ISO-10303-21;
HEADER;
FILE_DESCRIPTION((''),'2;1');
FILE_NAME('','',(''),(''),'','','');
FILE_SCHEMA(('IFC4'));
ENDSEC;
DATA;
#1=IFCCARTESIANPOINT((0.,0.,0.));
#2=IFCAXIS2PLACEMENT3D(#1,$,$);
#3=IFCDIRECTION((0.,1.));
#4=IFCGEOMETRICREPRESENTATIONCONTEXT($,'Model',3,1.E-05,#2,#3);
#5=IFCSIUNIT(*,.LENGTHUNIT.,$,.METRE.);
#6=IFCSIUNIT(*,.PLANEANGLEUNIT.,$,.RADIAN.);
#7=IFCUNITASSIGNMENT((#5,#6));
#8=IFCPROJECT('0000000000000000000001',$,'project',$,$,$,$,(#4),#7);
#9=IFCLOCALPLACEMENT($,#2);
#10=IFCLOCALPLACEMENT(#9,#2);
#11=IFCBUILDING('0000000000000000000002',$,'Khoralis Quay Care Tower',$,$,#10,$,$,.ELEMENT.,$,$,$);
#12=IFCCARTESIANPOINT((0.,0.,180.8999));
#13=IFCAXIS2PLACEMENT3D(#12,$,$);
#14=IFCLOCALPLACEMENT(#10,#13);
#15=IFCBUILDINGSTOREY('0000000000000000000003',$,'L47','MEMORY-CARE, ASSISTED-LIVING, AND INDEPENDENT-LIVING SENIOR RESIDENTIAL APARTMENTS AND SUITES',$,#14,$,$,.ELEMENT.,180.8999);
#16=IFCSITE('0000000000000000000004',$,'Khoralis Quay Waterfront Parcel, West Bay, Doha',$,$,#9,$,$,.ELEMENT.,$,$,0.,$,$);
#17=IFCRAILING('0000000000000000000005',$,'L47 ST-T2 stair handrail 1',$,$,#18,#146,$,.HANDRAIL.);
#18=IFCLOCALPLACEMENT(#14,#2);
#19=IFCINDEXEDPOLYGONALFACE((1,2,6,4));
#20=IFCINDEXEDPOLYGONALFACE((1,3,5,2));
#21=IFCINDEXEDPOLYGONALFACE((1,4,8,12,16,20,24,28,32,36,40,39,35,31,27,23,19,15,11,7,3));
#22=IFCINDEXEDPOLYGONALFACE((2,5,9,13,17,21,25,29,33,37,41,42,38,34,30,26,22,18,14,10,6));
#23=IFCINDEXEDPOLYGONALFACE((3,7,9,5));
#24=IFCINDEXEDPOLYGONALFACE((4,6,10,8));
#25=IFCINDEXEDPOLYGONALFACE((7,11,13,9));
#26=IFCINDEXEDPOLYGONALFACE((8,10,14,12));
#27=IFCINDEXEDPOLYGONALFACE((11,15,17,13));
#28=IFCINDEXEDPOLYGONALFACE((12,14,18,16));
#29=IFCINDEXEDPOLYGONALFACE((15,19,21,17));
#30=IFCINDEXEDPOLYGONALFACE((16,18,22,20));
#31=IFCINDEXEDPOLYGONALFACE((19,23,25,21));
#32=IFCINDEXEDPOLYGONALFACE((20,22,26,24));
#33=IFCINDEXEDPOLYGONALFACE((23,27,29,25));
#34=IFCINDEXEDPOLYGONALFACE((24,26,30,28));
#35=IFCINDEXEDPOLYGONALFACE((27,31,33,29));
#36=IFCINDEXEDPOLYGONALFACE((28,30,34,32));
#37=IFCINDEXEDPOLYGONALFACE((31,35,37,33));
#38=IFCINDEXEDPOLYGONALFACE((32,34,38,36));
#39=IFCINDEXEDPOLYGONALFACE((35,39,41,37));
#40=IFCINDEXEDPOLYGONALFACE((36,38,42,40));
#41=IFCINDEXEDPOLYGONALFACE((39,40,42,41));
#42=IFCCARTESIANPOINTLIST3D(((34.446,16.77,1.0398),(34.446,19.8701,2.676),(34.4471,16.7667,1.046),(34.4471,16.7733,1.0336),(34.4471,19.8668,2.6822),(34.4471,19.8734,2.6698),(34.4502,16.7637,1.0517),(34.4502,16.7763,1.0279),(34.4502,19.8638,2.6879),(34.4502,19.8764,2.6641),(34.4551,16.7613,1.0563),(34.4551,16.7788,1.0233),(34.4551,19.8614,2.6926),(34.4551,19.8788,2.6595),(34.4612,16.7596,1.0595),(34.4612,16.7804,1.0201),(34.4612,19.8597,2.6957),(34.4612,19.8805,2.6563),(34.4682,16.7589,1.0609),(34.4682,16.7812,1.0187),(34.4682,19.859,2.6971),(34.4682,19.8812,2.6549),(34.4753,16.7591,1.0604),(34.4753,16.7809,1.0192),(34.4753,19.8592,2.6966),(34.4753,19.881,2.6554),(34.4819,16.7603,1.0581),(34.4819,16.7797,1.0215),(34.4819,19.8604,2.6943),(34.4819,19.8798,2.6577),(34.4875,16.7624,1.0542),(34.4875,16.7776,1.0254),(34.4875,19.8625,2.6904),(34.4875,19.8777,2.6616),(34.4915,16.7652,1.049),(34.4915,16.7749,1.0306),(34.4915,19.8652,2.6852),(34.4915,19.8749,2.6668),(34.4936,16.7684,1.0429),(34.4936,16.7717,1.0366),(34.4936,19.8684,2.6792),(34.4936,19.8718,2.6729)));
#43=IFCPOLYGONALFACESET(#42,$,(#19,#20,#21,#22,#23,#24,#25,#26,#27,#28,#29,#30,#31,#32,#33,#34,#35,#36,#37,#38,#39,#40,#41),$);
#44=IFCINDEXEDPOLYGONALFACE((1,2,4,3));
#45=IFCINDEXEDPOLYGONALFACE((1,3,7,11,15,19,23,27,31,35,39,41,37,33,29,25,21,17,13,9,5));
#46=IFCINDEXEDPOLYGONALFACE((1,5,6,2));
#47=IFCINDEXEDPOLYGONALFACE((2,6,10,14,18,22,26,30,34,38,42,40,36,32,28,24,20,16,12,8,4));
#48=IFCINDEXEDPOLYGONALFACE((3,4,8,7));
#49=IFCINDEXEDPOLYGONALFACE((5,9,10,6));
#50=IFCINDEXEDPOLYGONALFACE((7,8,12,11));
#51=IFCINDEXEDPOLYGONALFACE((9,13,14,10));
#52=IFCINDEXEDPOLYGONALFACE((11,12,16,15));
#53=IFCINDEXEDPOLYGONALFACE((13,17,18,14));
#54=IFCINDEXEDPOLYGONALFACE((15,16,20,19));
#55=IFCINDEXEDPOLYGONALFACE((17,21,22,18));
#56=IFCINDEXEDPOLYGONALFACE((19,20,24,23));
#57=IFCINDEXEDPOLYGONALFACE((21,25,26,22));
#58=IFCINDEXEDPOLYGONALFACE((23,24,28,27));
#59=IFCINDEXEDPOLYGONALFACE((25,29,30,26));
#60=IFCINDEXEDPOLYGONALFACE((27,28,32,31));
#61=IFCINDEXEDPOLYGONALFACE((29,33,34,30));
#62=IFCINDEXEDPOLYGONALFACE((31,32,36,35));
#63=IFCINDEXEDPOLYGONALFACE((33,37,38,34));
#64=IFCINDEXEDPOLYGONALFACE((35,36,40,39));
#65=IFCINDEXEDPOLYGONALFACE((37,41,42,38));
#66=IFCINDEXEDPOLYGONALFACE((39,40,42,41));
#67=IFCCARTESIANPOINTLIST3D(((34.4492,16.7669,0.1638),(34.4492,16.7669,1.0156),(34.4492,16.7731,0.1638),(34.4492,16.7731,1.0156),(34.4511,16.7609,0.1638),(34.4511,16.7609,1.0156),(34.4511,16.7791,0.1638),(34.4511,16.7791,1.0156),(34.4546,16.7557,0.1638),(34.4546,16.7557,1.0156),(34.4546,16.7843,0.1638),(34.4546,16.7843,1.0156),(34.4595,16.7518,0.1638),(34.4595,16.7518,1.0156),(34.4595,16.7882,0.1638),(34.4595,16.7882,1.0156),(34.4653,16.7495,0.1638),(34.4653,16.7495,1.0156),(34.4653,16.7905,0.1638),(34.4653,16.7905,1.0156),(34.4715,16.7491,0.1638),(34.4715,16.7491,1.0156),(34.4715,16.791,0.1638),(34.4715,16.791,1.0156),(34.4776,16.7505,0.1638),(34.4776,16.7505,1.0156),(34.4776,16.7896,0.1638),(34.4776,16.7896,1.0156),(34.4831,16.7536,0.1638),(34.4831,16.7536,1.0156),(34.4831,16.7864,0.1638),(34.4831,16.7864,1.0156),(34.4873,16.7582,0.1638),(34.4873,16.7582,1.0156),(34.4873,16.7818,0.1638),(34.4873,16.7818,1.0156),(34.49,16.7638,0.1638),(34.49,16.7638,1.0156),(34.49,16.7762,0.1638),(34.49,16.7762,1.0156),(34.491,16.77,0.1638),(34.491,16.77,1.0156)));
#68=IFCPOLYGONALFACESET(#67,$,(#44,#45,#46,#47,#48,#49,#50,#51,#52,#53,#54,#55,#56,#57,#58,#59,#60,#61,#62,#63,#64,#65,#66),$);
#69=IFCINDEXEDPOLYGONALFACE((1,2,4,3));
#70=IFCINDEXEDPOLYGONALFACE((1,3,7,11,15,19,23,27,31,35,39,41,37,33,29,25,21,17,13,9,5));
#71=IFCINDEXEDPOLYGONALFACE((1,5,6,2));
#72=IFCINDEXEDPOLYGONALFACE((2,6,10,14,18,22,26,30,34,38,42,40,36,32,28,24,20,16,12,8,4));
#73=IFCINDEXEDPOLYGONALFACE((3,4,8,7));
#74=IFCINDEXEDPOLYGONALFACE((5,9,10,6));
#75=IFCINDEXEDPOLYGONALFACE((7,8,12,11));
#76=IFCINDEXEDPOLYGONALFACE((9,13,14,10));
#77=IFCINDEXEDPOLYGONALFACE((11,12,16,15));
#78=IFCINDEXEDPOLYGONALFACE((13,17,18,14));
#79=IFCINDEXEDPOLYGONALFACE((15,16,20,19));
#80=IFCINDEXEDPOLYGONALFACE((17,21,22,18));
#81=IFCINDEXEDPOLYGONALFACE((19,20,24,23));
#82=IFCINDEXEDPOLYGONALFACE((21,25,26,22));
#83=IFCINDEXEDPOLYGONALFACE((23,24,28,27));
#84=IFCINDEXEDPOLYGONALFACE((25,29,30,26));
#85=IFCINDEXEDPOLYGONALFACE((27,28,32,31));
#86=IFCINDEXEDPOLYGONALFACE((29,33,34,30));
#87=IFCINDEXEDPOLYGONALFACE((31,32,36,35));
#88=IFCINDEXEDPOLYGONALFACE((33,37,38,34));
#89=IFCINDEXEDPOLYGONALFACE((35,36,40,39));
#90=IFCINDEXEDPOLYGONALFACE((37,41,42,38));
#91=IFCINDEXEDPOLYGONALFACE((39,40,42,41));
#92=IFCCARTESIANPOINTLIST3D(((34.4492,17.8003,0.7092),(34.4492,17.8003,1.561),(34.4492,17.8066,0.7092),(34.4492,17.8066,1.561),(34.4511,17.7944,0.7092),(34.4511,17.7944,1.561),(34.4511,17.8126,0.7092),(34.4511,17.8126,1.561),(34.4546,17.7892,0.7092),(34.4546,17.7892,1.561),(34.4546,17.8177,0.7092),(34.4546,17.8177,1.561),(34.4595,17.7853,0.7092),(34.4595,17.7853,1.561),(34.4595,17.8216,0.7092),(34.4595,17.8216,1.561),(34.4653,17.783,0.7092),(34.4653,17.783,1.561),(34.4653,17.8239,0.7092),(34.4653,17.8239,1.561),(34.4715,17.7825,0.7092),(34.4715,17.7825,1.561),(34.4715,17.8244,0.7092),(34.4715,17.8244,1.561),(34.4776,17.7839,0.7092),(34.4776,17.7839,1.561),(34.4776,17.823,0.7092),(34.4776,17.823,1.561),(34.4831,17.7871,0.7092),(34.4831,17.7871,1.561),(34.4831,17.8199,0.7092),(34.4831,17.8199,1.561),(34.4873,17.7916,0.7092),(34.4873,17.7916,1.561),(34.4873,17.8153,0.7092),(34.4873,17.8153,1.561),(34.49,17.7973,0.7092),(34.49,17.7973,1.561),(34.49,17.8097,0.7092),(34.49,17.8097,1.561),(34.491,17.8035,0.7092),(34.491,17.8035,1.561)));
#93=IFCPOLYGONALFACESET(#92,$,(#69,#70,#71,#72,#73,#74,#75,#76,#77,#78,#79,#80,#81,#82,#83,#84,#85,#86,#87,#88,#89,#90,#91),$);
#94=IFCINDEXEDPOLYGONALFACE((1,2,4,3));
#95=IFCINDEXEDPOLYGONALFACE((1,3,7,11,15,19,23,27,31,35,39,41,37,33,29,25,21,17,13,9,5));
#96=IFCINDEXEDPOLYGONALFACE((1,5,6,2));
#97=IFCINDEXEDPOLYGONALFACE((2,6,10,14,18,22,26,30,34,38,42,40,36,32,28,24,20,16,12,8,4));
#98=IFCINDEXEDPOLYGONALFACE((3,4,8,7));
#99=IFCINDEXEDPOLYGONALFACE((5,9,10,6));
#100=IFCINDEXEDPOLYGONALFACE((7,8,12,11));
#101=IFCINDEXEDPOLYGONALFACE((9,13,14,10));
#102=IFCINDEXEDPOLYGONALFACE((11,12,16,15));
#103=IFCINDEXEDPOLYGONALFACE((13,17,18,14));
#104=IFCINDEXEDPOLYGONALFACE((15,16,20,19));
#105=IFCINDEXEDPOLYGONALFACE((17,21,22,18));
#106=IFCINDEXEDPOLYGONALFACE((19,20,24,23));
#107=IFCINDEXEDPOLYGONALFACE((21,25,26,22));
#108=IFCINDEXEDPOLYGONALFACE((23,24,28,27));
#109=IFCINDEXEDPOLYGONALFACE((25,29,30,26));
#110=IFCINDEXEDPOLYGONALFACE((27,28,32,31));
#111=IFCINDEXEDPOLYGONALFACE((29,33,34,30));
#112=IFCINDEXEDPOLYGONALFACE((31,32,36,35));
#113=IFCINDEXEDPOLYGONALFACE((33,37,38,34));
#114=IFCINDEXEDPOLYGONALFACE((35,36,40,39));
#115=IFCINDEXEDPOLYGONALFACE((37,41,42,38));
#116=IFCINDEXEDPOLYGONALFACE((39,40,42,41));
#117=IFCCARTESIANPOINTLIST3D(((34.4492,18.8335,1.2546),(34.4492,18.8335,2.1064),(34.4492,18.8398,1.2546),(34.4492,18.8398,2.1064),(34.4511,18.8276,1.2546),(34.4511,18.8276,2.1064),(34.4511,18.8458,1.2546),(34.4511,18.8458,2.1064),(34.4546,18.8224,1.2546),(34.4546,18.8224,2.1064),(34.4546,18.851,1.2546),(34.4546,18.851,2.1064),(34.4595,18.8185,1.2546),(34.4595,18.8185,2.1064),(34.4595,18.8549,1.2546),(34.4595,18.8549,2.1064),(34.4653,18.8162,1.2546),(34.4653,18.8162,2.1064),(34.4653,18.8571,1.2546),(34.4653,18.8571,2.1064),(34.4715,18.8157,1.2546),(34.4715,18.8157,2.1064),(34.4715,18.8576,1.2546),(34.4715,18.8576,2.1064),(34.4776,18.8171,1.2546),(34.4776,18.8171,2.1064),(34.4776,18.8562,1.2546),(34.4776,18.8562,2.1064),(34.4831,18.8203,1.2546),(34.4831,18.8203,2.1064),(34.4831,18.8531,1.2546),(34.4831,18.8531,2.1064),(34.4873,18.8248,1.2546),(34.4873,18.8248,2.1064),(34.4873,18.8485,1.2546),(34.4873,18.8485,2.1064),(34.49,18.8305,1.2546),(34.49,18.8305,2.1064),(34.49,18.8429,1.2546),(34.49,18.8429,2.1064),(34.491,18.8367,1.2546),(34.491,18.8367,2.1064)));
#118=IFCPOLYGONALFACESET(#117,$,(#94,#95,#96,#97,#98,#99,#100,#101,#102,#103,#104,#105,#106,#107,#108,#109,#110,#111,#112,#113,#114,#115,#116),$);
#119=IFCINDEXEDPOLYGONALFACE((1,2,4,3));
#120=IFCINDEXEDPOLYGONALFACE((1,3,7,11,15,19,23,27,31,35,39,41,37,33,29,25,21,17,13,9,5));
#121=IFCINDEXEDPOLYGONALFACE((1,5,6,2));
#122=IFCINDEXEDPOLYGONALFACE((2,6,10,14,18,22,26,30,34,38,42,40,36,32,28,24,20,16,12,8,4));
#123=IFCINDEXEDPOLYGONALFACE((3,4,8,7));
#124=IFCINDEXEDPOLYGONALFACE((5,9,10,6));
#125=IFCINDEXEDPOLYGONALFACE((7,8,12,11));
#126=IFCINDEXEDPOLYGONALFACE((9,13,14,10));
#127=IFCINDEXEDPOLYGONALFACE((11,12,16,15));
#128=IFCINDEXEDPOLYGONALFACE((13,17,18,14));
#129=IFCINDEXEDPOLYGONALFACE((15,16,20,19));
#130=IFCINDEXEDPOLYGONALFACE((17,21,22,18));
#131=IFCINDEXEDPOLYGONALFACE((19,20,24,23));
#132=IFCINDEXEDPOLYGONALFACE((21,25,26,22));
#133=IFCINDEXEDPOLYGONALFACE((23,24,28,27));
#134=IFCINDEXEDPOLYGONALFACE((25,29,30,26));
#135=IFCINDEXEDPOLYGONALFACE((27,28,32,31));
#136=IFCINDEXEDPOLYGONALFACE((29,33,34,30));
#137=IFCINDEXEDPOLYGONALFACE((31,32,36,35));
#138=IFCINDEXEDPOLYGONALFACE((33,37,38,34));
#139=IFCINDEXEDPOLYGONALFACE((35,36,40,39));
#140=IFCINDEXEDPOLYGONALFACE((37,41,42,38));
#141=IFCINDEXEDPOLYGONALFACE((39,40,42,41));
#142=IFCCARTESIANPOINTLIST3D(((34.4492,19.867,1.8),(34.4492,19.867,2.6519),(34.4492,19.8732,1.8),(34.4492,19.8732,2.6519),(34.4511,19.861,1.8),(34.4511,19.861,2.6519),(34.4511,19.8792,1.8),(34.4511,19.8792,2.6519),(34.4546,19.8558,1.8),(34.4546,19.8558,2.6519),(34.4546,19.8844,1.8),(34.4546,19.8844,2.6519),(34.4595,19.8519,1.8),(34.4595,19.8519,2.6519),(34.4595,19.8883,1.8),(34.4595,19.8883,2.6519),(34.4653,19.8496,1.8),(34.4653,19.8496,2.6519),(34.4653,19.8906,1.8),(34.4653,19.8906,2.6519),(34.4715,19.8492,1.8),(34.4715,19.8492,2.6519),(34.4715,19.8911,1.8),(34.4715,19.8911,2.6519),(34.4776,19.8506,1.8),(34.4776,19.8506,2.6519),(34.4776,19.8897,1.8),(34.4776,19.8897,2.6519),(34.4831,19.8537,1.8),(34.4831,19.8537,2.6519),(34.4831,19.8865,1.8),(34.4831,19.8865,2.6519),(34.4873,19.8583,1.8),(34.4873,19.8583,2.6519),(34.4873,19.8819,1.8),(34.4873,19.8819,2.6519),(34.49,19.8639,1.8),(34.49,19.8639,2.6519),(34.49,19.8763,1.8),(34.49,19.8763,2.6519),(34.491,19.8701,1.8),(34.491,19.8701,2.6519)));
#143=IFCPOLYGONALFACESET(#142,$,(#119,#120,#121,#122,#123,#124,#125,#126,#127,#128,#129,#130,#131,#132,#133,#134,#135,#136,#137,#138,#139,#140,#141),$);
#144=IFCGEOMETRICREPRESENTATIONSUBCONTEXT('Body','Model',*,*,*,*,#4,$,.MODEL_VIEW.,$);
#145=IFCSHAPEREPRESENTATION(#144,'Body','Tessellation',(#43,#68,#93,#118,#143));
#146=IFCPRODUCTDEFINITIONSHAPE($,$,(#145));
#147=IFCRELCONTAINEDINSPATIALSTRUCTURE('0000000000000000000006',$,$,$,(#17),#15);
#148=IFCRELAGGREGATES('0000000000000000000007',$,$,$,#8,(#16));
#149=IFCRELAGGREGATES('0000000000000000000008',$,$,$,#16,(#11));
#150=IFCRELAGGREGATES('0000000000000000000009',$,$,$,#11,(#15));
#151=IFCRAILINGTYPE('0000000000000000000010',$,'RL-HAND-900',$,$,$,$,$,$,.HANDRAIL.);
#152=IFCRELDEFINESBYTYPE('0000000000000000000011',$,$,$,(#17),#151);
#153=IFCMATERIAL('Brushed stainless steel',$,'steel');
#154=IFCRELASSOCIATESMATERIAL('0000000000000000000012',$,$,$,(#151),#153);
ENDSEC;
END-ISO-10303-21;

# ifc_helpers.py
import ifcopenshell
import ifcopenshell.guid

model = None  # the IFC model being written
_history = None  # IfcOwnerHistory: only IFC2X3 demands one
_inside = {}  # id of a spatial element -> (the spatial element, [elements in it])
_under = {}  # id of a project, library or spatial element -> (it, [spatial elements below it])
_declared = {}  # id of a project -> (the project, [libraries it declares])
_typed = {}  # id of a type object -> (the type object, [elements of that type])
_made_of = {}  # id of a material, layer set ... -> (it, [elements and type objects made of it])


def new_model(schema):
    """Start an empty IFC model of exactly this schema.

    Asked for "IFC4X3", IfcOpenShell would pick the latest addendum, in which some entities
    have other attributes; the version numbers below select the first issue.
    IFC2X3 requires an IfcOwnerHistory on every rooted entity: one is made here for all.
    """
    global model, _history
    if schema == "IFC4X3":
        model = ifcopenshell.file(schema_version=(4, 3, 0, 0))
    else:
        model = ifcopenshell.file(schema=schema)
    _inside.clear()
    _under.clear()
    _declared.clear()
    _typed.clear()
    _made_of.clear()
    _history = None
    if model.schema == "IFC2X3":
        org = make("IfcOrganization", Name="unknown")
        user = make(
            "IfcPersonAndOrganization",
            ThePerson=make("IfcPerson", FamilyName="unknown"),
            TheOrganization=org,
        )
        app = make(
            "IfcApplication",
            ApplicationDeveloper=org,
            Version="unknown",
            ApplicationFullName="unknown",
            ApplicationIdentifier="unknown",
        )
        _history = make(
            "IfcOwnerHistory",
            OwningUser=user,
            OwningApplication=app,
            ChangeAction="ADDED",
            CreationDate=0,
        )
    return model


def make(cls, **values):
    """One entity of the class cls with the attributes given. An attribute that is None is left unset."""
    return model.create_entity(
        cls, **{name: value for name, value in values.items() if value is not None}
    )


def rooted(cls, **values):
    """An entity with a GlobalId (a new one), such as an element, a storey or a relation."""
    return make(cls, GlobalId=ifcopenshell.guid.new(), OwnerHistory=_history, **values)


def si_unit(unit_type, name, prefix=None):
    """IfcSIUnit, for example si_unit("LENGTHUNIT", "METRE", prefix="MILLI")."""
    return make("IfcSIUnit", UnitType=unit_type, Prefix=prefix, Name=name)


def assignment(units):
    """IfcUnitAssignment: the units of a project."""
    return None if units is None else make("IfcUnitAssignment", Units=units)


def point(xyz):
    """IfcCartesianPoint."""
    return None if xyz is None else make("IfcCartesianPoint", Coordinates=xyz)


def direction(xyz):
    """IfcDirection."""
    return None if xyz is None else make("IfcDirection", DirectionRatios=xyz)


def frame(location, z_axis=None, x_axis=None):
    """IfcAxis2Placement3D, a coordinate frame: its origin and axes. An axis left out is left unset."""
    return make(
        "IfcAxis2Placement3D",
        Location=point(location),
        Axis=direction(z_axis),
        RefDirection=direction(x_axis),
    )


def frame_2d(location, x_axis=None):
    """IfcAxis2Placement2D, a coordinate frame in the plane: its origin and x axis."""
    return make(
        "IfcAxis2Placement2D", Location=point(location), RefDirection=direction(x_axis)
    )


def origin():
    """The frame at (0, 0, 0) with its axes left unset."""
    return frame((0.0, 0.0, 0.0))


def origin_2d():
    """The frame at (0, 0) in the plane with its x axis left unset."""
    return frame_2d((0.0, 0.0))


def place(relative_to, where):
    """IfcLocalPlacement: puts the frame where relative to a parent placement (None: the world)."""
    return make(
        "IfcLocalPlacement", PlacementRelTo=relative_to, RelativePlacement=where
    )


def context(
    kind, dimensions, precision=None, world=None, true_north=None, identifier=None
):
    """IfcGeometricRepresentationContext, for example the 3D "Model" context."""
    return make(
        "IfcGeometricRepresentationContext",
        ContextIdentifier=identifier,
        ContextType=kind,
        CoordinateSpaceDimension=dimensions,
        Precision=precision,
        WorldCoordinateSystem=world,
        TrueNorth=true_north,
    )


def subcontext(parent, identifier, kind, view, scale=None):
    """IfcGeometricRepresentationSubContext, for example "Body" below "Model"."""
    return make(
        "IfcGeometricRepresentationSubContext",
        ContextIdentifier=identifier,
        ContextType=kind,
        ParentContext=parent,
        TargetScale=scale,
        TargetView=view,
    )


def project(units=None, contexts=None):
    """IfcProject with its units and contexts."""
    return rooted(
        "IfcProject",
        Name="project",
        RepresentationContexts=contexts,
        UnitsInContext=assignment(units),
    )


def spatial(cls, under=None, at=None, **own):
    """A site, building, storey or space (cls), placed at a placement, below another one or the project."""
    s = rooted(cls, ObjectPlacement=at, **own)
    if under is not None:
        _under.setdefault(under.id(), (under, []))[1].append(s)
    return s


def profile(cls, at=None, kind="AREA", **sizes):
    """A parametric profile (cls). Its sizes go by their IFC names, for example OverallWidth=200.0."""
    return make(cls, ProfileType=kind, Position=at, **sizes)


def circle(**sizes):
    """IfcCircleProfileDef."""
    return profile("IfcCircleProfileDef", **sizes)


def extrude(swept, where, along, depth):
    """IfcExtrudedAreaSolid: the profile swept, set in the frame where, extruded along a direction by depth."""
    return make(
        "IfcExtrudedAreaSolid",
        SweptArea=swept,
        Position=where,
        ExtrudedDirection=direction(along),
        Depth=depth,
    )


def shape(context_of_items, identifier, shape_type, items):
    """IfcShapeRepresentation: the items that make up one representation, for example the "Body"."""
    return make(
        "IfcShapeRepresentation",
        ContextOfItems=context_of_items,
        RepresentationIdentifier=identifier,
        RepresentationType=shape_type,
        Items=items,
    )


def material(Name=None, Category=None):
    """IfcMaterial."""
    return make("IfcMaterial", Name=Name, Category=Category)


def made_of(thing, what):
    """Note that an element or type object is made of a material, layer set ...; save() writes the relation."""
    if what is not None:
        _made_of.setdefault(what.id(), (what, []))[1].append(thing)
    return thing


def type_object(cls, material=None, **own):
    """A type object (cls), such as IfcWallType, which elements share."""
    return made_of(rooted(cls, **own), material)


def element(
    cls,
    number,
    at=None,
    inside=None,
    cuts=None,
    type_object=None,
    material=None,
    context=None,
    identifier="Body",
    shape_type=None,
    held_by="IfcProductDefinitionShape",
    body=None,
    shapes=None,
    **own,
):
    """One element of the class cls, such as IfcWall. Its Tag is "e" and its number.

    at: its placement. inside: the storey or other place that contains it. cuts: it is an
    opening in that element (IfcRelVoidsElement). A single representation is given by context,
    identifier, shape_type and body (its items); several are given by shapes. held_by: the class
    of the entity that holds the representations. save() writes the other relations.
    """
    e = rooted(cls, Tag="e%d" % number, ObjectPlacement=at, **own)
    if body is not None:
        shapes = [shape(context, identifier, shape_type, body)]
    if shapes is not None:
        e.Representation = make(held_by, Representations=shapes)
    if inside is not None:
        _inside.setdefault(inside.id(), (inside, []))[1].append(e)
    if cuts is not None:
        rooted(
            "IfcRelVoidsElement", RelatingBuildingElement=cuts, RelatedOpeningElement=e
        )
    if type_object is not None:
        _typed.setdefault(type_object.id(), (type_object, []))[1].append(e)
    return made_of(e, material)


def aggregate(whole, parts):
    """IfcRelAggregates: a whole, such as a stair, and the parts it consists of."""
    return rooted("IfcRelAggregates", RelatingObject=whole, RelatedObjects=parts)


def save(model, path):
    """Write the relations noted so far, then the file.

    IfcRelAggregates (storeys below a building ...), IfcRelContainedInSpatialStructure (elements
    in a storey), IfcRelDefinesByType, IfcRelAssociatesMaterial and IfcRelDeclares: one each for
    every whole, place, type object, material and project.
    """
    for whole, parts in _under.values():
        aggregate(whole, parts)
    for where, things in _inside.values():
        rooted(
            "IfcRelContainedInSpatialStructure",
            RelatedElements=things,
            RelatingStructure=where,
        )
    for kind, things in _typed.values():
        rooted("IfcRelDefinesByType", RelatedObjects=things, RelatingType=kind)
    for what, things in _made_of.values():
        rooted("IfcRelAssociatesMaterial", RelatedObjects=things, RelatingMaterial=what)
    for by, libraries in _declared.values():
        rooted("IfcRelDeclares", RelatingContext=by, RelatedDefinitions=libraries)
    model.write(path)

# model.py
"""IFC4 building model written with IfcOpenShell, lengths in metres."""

from ifc_helpers import new_model, si_unit, direction, frame, origin, origin_2d, place, context, subcontext, project, spatial, circle, extrude, material, type_object, element, save


model = new_model("IFC4")

# Units and contexts
model_context = context("Model", 3, precision=1e-05, world=origin(), true_north=direction((0.0, 1.0)))
body_context = subcontext(model_context, "Body", "Model", "MODEL_VIEW")
ifc_project = project(units=[si_unit("LENGTHUNIT", "METRE"), si_unit("PLANEANGLEUNIT", "RADIAN")], contexts=[model_context])

# Site, building, storey
site_placement = place(None, origin())
site = spatial("IfcSite", under=ifc_project, at=site_placement, Name="Khoralis Quay Waterfront Parcel, West Bay, Doha", CompositionType="ELEMENT", RefElevation=0.0)
building_placement = place(site_placement, origin())
building = spatial("IfcBuilding", under=site, at=building_placement, Name="Khoralis Quay Care Tower", CompositionType="ELEMENT")
storey_placement = place(building_placement, frame((0.0, 0.0, 180.8999)))
storey = spatial("IfcBuildingStorey", under=building, at=storey_placement, Name="L47", Description="MEMORY-CARE, ASSISTED-LIVING, AND INDEPENDENT-LIVING SENIOR RESIDENTIAL APARTMENTS AND SUITES", CompositionType="ELEMENT", Elevation=180.8999)

# Shared definitions
ifc_material_1 = material(Name="Brushed stainless steel", Category="steel")

# Railing
railing_type_1 = type_object("IfcRailingType", Name="RL-HAND-900", PredefinedType="HANDRAIL", material=ifc_material_1)
railing_1_placement = place(storey_placement, frame((34.47, 16.77, 0.1638)))
element("IfcRailing", 1, at=railing_1_placement, inside=storey, type_object=railing_type_1, Name="L47 ST-T2 stair handrail 1", PredefinedType="HANDRAIL", context=body_context, shape_type="SweptSolid", body=[
    extrude(circle(Radius=0.0239, at=origin_2d()), frame((0.0, 0.0, 0.876), z_axis=(0.0, 0.884377, 0.466774), x_axis=(-1.0, 0.0, 0.0)), (0.0, 0.0, 1.0), 3.5054),
    extrude(circle(Radius=0.021, at=origin_2d()), origin(), (0.0, 0.0, 1.0), 0.8518),
    extrude(circle(Radius=0.021, at=origin_2d()), frame((0.0, 1.0334, 0.5454)), (0.0, 0.0, 1.0), 0.8518),
    extrude(circle(Radius=0.021, at=origin_2d()), frame((0.0, 2.0667, 1.0908)), (0.0, 0.0, 1.0), 0.8518),
    extrude(circle(Radius=0.021, at=origin_2d()), frame((0.0, 3.1001, 1.6362)), (0.0, 0.0, 1.0), 0.8518),
])

save(model, "model.ifc")
